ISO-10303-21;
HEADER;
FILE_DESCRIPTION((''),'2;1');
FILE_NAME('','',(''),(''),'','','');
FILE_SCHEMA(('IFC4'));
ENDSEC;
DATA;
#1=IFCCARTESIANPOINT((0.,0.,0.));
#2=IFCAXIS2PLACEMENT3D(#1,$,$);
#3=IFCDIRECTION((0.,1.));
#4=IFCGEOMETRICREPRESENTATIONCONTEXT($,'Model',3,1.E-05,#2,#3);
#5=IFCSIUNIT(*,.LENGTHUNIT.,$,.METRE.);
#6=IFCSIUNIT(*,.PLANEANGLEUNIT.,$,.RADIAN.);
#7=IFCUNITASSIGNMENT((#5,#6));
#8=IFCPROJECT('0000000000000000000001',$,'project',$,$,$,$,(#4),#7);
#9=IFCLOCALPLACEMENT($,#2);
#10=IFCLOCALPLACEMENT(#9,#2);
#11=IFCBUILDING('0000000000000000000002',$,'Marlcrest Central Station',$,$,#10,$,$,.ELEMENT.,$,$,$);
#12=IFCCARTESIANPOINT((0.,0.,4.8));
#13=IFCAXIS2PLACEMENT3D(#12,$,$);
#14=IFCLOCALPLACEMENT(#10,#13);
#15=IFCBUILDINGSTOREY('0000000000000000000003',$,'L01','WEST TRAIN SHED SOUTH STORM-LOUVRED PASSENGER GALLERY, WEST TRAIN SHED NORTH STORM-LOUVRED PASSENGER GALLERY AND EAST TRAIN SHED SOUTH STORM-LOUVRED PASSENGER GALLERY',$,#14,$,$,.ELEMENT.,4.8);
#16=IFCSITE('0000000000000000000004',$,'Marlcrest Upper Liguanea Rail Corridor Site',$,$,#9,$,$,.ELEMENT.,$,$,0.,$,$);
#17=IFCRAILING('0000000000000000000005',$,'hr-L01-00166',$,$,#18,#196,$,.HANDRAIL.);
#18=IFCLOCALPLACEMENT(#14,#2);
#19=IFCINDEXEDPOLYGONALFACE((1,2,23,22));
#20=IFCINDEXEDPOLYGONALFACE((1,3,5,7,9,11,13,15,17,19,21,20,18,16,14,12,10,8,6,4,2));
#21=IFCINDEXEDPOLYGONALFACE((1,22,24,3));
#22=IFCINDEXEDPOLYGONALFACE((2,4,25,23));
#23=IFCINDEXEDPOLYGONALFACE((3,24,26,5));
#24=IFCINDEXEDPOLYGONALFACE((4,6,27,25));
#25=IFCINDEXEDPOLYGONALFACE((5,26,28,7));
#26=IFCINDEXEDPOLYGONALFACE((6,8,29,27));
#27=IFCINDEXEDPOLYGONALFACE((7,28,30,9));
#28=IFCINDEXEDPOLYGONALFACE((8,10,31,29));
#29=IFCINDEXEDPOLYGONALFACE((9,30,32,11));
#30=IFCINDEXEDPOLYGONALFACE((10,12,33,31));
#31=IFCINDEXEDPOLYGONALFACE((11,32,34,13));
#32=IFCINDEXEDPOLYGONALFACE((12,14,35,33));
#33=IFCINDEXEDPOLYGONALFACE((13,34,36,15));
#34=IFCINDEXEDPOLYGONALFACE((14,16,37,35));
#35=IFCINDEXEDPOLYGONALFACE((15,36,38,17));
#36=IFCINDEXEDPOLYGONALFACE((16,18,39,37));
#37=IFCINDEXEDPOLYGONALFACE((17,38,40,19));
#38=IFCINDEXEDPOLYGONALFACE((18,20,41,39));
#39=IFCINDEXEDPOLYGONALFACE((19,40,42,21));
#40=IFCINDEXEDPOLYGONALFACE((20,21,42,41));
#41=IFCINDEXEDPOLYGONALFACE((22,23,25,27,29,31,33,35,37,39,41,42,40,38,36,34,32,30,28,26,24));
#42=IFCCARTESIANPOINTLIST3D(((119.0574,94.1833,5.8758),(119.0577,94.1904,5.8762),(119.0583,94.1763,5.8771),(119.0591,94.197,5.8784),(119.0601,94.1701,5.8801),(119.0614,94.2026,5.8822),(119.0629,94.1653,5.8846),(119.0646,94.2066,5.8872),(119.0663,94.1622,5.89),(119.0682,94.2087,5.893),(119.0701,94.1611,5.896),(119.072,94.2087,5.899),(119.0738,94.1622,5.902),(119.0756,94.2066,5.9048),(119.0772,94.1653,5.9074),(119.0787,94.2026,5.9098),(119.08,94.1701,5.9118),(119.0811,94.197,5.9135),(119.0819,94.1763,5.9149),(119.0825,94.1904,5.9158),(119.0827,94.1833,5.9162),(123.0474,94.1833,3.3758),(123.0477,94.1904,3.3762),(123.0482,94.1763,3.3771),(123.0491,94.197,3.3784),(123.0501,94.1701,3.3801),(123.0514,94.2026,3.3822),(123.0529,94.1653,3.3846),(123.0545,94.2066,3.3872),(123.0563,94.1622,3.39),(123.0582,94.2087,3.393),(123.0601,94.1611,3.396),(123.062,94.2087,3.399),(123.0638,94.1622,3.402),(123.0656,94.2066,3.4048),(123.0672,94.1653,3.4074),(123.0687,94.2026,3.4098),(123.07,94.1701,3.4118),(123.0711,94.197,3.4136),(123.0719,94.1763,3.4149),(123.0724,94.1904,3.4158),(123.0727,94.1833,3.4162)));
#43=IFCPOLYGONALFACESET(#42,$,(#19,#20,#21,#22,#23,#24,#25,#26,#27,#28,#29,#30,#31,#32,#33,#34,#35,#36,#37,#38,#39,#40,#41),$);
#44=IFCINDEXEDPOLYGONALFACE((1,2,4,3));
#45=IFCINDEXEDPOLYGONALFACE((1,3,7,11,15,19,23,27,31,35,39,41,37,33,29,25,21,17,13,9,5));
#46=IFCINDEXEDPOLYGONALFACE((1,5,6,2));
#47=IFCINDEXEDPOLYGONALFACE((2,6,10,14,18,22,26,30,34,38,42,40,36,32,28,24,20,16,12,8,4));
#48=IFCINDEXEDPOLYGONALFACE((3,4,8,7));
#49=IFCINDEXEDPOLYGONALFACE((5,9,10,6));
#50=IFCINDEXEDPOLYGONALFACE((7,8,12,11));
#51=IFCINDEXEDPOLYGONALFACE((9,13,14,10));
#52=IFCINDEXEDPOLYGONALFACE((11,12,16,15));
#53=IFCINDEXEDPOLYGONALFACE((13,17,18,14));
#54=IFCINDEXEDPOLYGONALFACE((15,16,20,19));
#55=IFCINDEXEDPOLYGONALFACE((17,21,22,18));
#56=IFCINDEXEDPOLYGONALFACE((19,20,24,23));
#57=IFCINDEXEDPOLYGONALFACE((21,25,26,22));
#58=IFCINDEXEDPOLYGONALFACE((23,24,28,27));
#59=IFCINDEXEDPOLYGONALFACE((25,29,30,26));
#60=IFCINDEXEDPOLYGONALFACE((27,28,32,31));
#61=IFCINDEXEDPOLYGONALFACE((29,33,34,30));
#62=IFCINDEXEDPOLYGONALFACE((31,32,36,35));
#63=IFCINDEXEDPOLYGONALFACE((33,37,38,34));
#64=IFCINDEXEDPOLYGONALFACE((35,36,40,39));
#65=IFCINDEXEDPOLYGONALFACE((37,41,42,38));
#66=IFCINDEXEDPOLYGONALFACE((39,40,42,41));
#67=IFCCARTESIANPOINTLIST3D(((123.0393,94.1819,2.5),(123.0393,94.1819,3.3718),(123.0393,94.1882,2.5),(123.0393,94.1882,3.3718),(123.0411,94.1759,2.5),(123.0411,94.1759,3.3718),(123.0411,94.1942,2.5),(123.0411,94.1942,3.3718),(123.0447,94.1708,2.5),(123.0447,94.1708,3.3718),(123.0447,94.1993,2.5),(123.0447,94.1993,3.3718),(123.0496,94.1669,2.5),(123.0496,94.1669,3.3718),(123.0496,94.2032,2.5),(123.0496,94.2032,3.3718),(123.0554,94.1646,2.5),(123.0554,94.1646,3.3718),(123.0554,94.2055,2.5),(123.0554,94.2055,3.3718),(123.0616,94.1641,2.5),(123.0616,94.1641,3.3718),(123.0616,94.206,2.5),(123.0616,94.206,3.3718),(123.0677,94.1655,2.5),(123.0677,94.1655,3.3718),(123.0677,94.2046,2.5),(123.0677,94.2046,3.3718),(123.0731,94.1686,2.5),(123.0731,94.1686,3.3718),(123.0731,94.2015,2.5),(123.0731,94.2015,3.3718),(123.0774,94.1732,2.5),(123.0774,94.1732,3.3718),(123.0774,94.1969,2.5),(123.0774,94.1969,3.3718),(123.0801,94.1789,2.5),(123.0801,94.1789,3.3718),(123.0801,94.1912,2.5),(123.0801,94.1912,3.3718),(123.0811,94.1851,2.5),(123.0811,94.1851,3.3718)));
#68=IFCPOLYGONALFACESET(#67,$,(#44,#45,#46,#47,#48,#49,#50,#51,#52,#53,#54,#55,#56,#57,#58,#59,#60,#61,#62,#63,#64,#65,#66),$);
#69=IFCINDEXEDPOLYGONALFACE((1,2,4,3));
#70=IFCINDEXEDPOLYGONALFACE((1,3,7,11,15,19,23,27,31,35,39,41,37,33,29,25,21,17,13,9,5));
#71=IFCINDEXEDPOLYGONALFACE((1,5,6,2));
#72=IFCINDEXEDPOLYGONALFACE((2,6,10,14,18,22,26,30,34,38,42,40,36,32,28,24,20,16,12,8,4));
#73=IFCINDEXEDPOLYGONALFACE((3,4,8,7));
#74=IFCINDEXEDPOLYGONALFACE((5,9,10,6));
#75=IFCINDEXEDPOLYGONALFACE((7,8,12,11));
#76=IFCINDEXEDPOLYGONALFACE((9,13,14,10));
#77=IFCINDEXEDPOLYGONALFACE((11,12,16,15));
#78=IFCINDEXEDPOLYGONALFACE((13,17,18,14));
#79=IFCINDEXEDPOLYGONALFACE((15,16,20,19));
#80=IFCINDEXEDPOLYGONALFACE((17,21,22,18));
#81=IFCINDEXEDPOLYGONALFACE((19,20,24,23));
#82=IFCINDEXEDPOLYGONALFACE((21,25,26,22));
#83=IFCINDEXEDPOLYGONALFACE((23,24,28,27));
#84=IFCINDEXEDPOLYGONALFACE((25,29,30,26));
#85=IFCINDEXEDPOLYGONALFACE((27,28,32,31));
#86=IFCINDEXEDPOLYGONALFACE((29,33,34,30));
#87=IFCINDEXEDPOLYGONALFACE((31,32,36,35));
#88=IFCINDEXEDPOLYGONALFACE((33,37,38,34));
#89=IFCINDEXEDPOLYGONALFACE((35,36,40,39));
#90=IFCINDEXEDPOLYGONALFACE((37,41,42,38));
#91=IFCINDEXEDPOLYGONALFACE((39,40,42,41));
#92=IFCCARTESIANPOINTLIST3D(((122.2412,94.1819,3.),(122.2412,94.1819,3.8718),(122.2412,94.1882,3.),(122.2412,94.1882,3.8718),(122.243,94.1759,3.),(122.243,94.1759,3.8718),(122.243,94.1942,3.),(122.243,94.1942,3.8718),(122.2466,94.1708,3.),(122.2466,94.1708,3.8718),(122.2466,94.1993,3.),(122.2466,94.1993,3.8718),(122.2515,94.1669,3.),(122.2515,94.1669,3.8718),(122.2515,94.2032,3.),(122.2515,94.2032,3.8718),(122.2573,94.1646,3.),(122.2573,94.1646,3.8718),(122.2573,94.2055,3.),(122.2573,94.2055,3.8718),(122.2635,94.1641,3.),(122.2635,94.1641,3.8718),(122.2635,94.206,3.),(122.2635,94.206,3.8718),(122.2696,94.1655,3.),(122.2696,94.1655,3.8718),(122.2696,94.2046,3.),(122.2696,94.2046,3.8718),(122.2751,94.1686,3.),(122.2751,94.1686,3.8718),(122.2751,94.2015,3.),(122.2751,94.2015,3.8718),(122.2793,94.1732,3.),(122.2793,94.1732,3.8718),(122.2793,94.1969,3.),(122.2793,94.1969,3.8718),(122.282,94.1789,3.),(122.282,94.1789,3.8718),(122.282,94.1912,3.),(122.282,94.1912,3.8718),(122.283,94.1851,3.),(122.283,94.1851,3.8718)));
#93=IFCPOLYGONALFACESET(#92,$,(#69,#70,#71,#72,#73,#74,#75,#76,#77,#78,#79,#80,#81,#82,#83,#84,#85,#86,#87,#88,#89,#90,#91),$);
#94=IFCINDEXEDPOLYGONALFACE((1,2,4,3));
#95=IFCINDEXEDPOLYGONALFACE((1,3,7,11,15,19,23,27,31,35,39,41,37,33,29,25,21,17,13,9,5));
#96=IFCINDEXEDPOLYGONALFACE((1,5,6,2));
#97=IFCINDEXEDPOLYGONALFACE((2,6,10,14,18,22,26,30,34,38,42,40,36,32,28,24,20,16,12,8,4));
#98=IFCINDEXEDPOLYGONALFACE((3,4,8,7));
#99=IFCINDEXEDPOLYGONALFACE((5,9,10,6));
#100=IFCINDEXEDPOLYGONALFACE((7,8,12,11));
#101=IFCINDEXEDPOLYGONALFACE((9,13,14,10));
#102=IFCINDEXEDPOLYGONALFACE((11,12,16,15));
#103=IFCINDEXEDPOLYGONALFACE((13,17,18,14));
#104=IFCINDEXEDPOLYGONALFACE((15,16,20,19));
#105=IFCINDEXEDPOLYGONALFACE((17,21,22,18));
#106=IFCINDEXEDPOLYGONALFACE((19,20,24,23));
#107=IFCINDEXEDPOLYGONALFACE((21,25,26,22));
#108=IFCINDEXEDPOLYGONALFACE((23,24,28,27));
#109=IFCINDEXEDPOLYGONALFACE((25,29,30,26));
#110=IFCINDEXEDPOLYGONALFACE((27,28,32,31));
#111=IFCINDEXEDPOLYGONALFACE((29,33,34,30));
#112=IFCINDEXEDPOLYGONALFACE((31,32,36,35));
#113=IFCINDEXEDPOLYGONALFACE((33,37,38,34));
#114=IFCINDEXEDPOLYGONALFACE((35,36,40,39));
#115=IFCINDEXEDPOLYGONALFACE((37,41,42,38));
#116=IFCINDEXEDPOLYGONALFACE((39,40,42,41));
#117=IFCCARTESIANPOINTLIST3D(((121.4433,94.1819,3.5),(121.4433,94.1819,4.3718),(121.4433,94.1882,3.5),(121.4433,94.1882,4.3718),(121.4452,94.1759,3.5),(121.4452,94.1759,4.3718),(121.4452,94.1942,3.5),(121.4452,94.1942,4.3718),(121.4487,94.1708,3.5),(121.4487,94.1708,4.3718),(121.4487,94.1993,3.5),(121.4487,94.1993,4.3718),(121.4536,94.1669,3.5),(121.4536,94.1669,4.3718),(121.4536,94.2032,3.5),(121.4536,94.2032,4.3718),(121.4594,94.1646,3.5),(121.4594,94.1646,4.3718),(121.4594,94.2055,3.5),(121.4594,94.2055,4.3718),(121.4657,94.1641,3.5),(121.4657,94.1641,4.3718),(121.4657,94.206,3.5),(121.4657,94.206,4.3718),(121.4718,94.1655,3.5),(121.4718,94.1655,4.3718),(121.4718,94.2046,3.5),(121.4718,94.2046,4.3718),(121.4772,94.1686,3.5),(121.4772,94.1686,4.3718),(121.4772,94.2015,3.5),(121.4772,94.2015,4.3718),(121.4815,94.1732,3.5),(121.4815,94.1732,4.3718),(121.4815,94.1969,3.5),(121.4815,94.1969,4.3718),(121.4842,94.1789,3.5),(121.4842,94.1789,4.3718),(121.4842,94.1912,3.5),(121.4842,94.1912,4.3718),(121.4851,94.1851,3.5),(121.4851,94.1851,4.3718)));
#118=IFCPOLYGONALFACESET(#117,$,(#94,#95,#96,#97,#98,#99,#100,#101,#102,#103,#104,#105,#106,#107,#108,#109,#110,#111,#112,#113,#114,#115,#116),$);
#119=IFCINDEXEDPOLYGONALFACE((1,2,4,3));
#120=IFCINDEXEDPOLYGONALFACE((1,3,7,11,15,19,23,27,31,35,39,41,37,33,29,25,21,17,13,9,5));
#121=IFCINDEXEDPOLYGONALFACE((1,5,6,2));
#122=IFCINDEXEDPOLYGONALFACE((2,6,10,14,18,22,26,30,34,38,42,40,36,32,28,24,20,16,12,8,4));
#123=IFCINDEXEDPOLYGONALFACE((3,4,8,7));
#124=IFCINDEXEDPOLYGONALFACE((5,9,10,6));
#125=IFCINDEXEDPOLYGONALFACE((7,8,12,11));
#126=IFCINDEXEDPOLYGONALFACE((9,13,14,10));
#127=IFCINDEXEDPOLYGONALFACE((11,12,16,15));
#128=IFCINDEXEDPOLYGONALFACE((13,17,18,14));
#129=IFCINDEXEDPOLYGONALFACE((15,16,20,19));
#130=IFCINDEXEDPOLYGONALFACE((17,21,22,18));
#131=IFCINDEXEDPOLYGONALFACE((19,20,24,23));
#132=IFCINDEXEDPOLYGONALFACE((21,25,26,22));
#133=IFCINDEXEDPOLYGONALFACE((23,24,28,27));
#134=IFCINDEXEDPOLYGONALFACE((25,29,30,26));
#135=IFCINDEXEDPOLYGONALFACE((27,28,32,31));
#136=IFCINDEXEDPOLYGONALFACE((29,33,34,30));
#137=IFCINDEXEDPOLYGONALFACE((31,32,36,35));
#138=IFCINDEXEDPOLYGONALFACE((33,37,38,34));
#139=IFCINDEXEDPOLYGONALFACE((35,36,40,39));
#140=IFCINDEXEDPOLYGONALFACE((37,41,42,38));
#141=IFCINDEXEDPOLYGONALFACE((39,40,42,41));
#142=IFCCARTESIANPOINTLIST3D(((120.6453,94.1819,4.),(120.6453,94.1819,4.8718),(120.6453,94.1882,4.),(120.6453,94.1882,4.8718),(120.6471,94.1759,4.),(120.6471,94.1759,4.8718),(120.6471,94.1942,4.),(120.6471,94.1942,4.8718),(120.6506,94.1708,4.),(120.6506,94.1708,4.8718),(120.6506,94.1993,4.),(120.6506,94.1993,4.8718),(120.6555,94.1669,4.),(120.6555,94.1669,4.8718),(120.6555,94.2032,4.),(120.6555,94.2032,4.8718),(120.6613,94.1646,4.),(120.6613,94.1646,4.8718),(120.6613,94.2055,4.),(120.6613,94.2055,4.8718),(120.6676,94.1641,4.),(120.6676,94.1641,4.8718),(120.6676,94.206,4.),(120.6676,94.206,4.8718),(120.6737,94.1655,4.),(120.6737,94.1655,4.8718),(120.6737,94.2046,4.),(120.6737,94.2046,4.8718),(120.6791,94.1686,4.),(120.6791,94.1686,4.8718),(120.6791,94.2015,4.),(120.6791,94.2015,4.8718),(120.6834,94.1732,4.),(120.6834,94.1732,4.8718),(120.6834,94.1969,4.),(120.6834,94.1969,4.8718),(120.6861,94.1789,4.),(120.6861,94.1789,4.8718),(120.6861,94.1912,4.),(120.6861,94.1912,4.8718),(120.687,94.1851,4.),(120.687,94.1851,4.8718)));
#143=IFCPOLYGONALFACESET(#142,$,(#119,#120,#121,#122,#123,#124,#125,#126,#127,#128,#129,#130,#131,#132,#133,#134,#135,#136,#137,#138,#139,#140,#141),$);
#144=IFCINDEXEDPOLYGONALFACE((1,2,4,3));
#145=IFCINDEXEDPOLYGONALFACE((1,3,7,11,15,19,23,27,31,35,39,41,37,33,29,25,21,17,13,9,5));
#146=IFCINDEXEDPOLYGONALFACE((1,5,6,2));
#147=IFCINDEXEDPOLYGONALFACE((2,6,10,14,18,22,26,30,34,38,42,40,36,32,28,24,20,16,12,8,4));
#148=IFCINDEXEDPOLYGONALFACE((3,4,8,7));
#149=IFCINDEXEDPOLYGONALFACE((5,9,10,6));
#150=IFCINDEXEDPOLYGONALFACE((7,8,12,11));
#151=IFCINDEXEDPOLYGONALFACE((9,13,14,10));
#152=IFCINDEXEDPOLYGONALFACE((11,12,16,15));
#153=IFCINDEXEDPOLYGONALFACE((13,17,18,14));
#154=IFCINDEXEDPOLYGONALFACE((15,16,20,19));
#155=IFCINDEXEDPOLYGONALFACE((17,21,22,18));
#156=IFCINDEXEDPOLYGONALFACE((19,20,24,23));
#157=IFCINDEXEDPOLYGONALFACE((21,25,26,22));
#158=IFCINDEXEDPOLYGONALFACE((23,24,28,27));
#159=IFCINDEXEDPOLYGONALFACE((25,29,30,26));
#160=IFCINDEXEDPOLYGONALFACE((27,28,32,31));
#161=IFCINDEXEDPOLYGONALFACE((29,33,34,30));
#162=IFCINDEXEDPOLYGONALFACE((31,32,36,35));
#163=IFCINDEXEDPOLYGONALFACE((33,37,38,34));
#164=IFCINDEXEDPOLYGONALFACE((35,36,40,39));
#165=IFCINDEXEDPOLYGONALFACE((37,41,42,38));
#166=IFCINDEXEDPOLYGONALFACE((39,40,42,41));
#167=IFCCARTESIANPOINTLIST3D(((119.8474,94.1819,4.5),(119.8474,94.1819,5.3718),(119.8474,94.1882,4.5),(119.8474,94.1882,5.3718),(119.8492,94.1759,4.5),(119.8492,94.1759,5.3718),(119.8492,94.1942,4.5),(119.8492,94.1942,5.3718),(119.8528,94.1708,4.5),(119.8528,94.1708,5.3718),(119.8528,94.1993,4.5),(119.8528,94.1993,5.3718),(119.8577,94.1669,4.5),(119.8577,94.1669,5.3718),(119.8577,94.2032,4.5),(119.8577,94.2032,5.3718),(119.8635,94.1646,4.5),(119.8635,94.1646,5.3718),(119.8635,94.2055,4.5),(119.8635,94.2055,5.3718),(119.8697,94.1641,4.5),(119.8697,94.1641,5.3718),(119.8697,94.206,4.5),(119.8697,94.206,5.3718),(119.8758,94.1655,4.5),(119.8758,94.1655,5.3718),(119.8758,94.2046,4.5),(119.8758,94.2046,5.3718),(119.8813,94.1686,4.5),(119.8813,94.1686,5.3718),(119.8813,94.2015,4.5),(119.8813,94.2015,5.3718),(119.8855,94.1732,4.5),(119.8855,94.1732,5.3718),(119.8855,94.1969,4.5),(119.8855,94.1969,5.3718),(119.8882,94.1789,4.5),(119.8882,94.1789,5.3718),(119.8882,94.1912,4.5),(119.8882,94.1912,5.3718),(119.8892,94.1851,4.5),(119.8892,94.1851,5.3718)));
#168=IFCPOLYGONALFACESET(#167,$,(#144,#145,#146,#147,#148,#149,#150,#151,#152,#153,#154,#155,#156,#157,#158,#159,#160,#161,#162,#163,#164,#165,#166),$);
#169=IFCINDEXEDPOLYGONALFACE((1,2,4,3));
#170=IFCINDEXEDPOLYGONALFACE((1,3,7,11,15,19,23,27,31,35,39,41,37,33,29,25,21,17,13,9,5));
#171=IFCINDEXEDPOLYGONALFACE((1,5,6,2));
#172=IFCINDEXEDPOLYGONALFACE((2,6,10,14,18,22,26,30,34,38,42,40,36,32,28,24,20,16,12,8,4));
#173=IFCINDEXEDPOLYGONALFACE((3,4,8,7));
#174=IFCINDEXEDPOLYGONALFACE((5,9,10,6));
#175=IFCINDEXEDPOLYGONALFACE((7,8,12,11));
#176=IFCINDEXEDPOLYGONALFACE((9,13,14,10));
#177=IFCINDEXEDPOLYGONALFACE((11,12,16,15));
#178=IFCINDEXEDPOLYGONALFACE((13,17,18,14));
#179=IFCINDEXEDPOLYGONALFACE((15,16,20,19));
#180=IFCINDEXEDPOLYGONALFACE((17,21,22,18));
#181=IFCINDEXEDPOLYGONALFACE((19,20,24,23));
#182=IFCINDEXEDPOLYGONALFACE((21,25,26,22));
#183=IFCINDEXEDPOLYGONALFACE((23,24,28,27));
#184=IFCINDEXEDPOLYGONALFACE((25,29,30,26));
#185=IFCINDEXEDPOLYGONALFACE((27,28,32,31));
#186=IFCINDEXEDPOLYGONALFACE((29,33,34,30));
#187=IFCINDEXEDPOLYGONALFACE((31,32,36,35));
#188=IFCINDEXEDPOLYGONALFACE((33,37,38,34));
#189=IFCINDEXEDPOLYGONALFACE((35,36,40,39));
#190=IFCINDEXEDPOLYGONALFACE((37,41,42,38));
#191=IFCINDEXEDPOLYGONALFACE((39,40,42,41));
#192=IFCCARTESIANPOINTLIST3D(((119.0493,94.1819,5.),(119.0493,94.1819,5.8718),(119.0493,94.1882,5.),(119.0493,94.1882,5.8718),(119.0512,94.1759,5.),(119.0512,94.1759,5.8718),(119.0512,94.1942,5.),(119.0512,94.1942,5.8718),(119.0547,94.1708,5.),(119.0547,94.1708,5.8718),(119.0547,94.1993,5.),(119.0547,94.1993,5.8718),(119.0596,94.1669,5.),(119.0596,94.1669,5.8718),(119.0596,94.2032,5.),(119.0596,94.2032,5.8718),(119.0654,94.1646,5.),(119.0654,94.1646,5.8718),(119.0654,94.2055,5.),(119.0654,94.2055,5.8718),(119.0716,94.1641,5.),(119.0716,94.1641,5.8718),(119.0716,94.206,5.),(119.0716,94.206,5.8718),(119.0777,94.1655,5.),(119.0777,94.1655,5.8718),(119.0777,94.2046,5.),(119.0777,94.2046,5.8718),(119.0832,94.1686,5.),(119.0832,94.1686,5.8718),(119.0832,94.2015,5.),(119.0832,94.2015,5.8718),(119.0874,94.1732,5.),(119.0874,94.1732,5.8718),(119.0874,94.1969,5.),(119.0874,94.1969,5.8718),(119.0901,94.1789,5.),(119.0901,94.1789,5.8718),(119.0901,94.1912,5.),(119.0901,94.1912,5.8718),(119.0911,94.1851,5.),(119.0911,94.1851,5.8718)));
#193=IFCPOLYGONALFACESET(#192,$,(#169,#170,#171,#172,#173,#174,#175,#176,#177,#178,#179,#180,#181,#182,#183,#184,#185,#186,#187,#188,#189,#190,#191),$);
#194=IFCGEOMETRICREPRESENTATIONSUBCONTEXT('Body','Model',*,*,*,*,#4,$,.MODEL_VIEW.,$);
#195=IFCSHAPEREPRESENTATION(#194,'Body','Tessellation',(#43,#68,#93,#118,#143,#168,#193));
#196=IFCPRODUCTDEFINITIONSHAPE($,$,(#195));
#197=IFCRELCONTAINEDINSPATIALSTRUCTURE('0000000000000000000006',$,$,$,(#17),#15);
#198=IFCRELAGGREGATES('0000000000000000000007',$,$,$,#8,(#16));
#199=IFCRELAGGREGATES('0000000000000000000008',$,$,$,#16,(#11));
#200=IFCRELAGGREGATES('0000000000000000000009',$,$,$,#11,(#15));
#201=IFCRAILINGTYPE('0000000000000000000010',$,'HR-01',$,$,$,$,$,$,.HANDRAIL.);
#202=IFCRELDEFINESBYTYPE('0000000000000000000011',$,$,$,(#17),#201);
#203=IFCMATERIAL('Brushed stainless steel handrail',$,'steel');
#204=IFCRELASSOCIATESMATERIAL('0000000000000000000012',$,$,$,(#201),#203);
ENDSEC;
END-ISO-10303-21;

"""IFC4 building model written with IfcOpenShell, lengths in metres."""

from ifc_helpers import new_model, si_unit, direction, frame, origin, origin_2d, place, context, subcontext, project, spatial, circle, extrude, material, type_object, element, save


model = new_model("IFC4")

# Units and contexts
model_context = context("Model", 3, precision=1e-05, world=origin(), true_north=direction((0.0, 1.0)))
body_context = subcontext(model_context, "Body", "Model", "MODEL_VIEW")
ifc_project = project(units=[si_unit("LENGTHUNIT", "METRE"), si_unit("PLANEANGLEUNIT", "RADIAN")], contexts=[model_context])

# Site, building, storey
site_placement = place(None, origin())
site = spatial("IfcSite", under=ifc_project, at=site_placement, Name="Marlcrest Upper Liguanea Rail Corridor Site", CompositionType="ELEMENT", RefElevation=0.0)
building_placement = place(site_placement, origin())
building = spatial("IfcBuilding", under=site, at=building_placement, Name="Marlcrest Central Station", CompositionType="ELEMENT")
storey_placement = place(building_placement, frame((0.0, 0.0, 4.8)))
storey = spatial("IfcBuildingStorey", under=building, at=storey_placement, Name="L01", Description="WEST TRAIN SHED SOUTH STORM-LOUVRED PASSENGER GALLERY, WEST TRAIN SHED NORTH STORM-LOUVRED PASSENGER GALLERY AND EAST TRAIN SHED SOUTH STORM-LOUVRED PASSENGER GALLERY", CompositionType="ELEMENT", Elevation=4.8)

# Railing
ifc_material_1 = material(Name="Brushed stainless steel handrail", Category="steel")
railing_type_1 = type_object("IfcRailingType", Name="HR-01", PredefinedType="HANDRAIL", material=ifc_material_1)
railing_1_placement = place(storey_placement, frame((123.0601, 94.1851, 2.5)))
element("IfcRailing", 1, at=railing_1_placement, inside=storey, type_object=railing_type_1, Name="hr-L01-00166", PredefinedType="HANDRAIL", context=body_context, shape_type="SweptSolid", body=[
    extrude(circle(Radius=0.0239, at=origin_2d()), frame((0.0, 0.0, 0.896), z_axis=(-0.847401, 0.0, 0.530954), x_axis=(0.0, -1.0, 0.0)), (0.0, 0.0, 1.0), 4.7085),
    extrude(circle(Radius=0.021, at=origin_2d()), origin(), (0.0, 0.0, 1.0), 0.8718),
    extrude(circle(Radius=0.021, at=origin_2d()), frame((-0.7981, 0.0, 0.5)), (0.0, 0.0, 1.0), 0.8718),
    extrude(circle(Radius=0.021, at=origin_2d()), frame((-1.5959, 0.0, 1.0)), (0.0, 0.0, 1.0), 0.8718),
    extrude(circle(Radius=0.021, at=origin_2d()), frame((-2.394, 0.0, 1.5)), (0.0, 0.0, 1.0), 0.8718),
    extrude(circle(Radius=0.021, at=origin_2d()), frame((-3.1919, 0.0, 2.0)), (0.0, 0.0, 1.0), 0.8718),
    extrude(circle(Radius=0.021, at=origin_2d()), frame((-3.99, 0.0, 2.5)), (0.0, 0.0, 1.0), 0.8718),
])

save(model, "model.ifc")
